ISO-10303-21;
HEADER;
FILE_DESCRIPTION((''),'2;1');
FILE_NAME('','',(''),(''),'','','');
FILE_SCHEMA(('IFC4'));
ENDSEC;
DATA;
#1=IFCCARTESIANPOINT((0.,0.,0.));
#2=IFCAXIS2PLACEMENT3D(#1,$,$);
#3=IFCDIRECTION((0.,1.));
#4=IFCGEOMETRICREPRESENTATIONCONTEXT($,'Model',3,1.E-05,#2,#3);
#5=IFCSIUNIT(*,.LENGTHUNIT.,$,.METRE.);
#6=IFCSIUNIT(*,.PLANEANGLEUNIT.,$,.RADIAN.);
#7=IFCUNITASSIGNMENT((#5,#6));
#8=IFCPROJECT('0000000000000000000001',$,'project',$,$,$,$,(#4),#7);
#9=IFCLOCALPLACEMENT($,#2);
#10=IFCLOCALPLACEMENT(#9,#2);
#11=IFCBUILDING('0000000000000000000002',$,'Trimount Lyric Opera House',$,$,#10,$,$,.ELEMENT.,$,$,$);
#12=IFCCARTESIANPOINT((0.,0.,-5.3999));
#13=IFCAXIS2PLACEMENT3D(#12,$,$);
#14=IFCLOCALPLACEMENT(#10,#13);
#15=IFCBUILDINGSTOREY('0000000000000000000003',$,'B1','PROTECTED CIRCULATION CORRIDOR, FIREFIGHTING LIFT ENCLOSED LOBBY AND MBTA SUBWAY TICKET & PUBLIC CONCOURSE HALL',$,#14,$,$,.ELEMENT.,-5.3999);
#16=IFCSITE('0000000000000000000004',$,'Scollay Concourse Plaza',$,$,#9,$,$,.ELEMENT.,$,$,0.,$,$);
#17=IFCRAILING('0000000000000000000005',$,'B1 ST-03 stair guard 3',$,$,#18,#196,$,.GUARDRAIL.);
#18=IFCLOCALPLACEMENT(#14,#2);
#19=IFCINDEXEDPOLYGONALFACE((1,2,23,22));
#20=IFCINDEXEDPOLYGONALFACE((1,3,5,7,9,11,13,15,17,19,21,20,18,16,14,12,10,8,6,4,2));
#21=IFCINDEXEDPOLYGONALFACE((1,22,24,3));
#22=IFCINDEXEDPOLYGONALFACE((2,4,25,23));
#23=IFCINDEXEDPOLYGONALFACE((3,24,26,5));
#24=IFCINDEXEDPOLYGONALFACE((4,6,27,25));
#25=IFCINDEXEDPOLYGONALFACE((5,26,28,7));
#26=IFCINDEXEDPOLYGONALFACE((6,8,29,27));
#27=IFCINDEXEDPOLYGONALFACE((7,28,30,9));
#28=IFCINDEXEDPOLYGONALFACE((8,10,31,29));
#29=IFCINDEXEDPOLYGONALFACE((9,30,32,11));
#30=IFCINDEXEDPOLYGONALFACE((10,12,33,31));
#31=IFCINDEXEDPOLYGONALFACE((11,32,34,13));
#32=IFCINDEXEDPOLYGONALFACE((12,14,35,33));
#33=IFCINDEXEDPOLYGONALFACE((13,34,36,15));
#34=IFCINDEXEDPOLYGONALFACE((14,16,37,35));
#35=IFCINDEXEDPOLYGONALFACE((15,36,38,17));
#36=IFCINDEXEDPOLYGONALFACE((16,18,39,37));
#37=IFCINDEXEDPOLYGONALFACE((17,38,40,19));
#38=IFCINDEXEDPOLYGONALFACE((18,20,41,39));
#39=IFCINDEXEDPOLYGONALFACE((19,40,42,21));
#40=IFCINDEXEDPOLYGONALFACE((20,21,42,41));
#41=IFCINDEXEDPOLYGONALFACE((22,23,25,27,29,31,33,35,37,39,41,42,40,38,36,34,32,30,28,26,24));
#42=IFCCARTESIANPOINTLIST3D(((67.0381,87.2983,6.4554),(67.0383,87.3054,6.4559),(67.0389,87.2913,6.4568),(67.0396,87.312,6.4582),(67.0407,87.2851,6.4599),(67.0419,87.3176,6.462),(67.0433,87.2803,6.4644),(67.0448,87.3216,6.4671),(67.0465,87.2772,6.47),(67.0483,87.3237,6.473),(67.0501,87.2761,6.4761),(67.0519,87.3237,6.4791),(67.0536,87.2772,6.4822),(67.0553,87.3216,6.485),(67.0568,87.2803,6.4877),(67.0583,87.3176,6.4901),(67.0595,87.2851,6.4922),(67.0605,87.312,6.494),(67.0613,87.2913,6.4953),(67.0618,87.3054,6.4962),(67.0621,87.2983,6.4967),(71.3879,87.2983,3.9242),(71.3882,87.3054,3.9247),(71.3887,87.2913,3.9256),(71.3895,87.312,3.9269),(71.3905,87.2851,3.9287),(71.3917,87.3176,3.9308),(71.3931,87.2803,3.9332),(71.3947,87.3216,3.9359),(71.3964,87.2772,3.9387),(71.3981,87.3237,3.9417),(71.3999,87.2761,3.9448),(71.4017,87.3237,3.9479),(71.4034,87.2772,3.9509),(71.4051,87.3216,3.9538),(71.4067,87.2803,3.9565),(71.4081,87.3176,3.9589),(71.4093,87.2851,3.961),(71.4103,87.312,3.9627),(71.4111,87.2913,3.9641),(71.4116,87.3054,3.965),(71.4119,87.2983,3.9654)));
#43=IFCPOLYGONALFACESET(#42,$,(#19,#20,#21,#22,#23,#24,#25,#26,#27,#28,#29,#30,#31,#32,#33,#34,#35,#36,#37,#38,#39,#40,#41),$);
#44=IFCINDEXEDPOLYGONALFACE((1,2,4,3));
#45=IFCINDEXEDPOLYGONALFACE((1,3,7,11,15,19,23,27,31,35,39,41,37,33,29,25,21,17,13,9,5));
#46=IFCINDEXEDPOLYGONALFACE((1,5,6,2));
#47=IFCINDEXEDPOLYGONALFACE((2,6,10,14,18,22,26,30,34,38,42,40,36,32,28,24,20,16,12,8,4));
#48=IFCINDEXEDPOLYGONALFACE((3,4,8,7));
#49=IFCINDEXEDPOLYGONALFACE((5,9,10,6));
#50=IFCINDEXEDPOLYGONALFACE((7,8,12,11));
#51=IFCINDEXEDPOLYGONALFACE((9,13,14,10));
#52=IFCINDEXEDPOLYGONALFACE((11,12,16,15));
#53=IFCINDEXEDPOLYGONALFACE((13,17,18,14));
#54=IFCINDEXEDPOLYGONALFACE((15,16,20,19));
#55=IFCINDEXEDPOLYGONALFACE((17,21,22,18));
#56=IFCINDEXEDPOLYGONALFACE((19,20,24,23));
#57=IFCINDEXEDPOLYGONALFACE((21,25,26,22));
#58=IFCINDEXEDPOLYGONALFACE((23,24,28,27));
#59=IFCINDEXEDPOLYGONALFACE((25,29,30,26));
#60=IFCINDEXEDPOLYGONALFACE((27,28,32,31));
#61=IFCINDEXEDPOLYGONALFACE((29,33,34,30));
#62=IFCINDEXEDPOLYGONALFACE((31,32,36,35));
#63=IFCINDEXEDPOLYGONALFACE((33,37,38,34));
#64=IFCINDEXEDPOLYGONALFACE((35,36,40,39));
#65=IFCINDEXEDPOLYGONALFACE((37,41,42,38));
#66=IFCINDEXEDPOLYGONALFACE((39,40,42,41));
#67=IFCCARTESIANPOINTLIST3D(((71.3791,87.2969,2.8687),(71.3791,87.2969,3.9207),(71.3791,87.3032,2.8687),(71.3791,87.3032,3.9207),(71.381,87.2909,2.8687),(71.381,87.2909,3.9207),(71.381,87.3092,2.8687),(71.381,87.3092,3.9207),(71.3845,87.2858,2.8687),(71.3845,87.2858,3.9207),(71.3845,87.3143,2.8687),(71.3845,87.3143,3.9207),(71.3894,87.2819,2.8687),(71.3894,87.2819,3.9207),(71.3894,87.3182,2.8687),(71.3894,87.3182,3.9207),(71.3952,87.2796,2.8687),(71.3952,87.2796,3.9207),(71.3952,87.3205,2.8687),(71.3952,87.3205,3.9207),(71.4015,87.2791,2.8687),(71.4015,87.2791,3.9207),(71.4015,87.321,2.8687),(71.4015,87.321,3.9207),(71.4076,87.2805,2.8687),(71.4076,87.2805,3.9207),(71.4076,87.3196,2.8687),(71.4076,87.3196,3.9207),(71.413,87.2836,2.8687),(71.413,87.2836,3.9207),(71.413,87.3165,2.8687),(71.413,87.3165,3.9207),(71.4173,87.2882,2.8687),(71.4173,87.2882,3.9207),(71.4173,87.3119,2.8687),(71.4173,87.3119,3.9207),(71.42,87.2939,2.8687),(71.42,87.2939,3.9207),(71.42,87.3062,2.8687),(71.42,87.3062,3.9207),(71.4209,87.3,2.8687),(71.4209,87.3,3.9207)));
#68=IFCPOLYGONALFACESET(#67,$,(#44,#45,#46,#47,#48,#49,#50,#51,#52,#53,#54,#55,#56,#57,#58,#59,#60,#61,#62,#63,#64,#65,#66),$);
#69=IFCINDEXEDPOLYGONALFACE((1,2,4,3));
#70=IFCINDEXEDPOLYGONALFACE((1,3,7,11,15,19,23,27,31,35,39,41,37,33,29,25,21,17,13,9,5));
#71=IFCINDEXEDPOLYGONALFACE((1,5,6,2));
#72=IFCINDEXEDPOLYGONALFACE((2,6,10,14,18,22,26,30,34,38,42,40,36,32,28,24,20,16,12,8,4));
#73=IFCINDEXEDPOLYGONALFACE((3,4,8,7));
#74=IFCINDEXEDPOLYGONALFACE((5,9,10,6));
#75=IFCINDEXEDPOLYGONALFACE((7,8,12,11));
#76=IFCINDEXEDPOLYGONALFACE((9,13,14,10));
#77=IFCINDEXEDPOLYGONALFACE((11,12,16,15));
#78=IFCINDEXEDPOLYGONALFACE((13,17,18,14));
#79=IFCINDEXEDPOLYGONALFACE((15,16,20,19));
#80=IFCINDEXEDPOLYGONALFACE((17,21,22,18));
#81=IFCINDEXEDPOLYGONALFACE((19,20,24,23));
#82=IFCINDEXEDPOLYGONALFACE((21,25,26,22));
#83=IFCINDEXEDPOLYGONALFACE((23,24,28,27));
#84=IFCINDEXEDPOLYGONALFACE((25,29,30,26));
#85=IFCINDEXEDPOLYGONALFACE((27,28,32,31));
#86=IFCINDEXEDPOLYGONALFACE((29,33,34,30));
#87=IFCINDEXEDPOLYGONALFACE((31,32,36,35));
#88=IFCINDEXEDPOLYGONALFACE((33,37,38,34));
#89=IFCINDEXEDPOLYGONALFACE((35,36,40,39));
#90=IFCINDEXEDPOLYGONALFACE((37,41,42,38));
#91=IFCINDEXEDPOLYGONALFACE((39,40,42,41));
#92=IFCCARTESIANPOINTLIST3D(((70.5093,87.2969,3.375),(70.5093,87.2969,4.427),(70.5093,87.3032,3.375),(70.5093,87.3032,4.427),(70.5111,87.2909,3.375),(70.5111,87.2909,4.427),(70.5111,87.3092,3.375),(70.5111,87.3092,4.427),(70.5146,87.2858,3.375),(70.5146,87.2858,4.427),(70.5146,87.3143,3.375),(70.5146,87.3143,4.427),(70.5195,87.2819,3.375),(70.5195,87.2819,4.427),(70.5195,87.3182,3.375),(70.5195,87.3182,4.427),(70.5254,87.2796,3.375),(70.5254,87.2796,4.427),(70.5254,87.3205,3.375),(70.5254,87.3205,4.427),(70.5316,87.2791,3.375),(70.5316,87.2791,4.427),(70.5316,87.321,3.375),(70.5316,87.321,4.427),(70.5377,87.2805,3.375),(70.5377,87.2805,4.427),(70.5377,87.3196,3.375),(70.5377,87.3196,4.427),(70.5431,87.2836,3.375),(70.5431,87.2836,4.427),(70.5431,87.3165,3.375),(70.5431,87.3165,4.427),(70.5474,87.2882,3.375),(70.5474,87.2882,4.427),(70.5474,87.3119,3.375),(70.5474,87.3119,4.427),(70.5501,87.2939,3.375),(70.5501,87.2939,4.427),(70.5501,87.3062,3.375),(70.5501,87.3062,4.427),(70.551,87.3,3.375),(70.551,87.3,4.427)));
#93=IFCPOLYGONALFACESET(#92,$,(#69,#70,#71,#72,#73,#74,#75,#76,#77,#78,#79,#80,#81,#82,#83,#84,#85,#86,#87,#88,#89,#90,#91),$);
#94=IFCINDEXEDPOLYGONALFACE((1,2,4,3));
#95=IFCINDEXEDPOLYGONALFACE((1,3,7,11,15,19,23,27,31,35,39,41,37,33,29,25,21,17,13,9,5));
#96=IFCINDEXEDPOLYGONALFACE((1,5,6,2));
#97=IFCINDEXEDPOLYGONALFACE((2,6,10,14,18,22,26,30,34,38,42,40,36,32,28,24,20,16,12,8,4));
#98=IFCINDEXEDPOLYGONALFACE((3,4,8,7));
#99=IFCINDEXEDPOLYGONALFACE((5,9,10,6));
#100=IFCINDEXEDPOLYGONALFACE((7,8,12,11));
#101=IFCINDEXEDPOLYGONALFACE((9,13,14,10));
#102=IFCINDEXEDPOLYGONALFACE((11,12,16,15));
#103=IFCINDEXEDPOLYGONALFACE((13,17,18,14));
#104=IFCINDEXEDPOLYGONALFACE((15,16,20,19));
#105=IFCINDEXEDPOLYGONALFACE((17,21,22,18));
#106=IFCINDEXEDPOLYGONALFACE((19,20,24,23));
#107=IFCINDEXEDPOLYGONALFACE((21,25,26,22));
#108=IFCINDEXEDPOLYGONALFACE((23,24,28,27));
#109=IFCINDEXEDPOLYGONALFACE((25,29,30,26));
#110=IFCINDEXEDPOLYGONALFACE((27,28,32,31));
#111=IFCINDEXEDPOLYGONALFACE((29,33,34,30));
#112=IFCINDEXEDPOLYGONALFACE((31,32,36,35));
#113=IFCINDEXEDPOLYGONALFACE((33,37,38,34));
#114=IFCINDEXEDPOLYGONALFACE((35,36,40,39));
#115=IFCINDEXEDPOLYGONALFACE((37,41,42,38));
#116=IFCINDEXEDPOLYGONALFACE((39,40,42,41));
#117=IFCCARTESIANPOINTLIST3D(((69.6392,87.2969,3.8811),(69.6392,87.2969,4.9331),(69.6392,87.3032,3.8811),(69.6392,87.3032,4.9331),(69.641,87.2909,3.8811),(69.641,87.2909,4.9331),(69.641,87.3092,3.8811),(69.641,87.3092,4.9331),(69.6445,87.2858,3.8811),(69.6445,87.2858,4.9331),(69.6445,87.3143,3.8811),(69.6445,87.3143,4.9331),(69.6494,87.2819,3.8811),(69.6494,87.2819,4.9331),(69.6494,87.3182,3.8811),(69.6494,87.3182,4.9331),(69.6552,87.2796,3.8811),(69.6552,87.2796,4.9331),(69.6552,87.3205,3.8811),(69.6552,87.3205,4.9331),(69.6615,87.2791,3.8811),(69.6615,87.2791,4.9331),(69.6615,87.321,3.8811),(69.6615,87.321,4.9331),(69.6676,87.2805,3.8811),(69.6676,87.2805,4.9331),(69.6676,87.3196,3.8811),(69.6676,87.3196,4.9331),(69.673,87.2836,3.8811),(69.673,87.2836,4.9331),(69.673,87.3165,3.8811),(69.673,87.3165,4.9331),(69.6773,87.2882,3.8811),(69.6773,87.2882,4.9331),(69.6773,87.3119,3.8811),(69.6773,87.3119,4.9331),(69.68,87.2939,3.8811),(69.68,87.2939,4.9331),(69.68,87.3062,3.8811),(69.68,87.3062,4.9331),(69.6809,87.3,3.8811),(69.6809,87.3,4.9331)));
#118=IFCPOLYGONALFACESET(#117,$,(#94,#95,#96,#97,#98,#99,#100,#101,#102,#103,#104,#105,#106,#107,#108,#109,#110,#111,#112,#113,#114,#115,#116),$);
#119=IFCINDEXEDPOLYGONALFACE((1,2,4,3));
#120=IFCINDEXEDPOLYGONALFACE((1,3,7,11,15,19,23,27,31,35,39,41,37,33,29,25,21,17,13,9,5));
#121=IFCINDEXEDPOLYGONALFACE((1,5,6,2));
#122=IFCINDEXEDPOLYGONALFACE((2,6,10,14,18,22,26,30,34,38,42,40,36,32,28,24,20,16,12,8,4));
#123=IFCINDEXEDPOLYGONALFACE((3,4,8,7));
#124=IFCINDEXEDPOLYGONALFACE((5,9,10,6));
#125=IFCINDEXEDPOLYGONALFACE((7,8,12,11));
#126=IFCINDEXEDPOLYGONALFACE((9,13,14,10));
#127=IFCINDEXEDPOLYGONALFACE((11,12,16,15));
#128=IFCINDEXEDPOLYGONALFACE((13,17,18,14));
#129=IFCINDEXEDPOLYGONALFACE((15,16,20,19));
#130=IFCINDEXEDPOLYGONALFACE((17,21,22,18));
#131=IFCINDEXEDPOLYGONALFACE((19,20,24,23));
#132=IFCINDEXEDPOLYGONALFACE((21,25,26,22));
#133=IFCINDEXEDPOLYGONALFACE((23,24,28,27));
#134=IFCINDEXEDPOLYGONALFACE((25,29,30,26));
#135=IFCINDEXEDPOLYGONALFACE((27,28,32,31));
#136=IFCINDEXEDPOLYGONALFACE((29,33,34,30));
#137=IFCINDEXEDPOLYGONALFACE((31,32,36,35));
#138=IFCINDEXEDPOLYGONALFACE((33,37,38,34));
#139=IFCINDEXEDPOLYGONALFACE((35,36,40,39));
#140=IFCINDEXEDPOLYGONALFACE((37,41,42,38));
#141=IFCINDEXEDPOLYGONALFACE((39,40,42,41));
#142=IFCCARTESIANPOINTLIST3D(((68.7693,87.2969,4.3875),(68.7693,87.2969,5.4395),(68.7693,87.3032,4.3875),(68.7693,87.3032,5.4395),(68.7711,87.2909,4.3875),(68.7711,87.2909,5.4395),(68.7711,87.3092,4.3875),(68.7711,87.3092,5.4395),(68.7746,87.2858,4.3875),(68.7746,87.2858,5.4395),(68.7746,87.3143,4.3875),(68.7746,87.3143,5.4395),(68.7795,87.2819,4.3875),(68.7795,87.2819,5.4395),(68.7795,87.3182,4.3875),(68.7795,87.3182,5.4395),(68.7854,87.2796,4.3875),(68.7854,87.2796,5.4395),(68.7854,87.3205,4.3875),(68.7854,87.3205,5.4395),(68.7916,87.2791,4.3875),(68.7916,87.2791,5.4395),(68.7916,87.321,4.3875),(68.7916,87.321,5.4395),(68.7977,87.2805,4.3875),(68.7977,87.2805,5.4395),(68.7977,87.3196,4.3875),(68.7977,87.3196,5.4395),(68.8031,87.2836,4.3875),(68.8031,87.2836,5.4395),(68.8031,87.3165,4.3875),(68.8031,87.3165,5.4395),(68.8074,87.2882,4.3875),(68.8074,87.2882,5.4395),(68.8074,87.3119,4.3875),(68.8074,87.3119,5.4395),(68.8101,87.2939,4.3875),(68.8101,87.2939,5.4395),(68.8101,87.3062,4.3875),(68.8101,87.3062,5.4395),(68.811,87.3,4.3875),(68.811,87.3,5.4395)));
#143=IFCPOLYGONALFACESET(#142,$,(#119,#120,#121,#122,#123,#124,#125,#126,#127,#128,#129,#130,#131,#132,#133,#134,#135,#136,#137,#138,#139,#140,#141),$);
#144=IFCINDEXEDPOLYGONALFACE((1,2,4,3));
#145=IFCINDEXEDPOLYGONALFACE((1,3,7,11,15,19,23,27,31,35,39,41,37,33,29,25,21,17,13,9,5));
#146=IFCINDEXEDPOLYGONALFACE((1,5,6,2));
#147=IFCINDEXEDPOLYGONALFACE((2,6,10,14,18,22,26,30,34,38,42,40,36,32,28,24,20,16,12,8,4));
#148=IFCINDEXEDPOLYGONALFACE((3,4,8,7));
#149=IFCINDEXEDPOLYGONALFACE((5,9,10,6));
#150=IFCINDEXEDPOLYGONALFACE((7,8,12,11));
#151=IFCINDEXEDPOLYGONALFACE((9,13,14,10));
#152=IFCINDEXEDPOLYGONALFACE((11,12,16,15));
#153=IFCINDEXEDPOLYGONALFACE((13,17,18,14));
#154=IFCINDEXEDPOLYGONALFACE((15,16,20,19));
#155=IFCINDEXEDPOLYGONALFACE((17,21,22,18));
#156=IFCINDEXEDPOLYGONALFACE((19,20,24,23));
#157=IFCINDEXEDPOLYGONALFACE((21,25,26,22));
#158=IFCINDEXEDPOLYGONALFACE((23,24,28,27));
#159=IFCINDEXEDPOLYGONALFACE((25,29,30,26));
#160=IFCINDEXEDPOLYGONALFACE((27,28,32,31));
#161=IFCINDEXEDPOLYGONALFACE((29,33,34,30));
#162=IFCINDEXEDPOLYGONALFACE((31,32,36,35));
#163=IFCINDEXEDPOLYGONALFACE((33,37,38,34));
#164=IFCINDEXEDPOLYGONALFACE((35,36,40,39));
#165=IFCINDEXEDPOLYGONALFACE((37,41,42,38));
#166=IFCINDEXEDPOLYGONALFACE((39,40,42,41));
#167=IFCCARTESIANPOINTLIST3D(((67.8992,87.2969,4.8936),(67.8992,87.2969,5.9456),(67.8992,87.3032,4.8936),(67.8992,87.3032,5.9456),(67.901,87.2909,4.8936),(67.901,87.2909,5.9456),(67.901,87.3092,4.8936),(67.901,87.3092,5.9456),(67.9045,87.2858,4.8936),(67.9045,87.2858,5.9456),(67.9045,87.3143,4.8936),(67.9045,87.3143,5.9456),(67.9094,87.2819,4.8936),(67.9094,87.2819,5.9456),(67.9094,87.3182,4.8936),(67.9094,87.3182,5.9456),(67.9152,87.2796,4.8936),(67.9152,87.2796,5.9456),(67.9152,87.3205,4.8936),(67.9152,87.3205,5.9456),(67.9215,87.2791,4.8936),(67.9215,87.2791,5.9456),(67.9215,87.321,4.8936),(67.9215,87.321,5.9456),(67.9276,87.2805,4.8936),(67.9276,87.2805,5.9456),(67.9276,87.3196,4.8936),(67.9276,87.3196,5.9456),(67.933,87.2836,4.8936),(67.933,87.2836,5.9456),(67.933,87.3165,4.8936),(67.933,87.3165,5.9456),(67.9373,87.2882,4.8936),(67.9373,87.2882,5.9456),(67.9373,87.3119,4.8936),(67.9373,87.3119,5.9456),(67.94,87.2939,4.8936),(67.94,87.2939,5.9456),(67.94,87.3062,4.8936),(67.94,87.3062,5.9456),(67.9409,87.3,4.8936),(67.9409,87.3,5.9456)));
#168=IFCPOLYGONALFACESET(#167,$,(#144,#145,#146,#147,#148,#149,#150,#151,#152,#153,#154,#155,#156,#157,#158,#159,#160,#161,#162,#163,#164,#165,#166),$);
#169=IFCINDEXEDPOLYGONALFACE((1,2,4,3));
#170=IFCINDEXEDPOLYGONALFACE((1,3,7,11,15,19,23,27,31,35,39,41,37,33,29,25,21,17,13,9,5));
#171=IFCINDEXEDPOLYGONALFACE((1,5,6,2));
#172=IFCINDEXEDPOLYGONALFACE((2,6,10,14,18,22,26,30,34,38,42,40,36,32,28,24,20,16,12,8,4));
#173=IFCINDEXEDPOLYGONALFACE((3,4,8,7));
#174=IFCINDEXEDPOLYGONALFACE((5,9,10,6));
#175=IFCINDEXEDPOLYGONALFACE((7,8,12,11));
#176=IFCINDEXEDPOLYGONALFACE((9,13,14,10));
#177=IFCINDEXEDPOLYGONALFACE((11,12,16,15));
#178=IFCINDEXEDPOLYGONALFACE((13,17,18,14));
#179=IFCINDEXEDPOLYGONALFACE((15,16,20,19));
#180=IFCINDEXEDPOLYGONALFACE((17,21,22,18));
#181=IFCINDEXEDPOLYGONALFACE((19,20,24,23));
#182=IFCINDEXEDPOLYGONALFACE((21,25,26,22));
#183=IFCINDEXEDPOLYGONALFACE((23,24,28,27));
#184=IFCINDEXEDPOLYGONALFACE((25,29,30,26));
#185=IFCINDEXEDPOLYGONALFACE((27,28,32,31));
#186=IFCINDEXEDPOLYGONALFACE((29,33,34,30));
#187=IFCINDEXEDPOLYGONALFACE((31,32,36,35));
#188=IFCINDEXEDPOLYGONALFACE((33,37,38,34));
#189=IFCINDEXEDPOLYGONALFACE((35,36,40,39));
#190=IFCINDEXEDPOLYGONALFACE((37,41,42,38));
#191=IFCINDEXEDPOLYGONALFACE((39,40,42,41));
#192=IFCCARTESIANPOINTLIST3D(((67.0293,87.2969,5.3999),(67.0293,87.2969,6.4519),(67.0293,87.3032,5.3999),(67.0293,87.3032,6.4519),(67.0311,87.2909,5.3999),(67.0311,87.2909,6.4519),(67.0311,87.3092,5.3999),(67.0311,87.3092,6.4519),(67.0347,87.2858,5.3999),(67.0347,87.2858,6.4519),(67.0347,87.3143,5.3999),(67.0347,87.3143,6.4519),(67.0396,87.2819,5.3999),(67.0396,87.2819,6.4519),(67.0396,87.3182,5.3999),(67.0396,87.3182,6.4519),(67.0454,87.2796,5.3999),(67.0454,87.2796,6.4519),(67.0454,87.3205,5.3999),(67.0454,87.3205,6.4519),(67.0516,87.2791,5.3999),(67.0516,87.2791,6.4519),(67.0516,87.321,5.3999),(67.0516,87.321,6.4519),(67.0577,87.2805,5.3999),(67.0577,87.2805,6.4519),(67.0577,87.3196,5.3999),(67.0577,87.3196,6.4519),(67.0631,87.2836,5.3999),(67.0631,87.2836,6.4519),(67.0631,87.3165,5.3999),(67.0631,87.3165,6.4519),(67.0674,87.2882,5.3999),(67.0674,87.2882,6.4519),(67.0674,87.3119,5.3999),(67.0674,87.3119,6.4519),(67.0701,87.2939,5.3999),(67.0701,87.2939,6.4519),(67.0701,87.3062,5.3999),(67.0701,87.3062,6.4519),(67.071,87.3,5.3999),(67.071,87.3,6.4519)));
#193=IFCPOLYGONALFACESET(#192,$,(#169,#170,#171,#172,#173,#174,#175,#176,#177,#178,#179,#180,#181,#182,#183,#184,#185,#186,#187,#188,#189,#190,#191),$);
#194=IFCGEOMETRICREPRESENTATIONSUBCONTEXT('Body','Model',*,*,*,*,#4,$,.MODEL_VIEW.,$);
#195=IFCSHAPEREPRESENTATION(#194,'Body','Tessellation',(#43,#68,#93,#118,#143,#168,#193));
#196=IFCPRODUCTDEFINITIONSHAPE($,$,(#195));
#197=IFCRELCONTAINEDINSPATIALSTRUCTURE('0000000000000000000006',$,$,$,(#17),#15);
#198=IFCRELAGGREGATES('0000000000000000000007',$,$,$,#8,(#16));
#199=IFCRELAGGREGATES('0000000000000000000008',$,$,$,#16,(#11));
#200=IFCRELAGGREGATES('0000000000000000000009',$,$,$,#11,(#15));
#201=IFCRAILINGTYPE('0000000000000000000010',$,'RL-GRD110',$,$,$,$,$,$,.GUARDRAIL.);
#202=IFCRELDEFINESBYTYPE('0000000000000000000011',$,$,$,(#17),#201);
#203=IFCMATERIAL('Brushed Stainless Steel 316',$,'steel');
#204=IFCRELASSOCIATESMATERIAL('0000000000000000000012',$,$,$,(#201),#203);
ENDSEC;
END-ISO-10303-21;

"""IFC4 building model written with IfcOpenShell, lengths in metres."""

from ifc_helpers import new_model, si_unit, direction, frame, origin, origin_2d, place, context, subcontext, project, spatial, circle, extrude, material, type_object, element, save


model = new_model("IFC4")

# Units and contexts
model_context = context("Model", 3, precision=1e-05, world=origin(), true_north=direction((0.0, 1.0)))
body_context = subcontext(model_context, "Body", "Model", "MODEL_VIEW")
ifc_project = project(units=[si_unit("LENGTHUNIT", "METRE"), si_unit("PLANEANGLEUNIT", "RADIAN")], contexts=[model_context])

# Site, building, storey
site_placement = place(None, origin())
site = spatial("IfcSite", under=ifc_project, at=site_placement, Name="Scollay Concourse Plaza", CompositionType="ELEMENT", RefElevation=0.0)
building_placement = place(site_placement, origin())
building = spatial("IfcBuilding", under=site, at=building_placement, Name="Trimount Lyric Opera House", CompositionType="ELEMENT")
storey_placement = place(building_placement, frame((0.0, 0.0, -5.3999)))
storey = spatial("IfcBuildingStorey", under=building, at=storey_placement, Name="B1", Description="PROTECTED CIRCULATION CORRIDOR, FIREFIGHTING LIFT ENCLOSED LOBBY AND MBTA SUBWAY TICKET & PUBLIC CONCOURSE HALL", CompositionType="ELEMENT", Elevation=-5.3999)

# Railing
ifc_material_1 = material(Name="Brushed Stainless Steel 316", Category="steel")
railing_type_1 = type_object("IfcRailingType", Name="RL-GRD110", PredefinedType="GUARDRAIL", material=ifc_material_1)
railing_1_placement = place(storey_placement, frame((71.3999, 87.3, 2.8687)))
element("IfcRailing", 1, at=railing_1_placement, inside=storey, type_object=railing_type_1, Name="B1 ST-03 stair guard 3", PredefinedType="GUARDRAIL", context=body_context, shape_type="SweptSolid", body=[
    extrude(circle(Radius=0.0239, at=origin_2d()), frame((0.0, 0.0, 1.0762), z_axis=(-0.864312, 0.0, 0.502957), x_axis=(0.0, -1.0, 0.0)), (0.0, 0.0, 1.0), 5.0327),
    extrude(circle(Radius=0.021, at=origin_2d()), origin(), (0.0, 0.0, 1.0), 1.052),
    extrude(circle(Radius=0.021, at=origin_2d()), frame((-0.8699, 0.0, 0.5063)), (0.0, 0.0, 1.0), 1.052),
    extrude(circle(Radius=0.021, at=origin_2d()), frame((-1.74, 0.0, 1.0125)), (0.0, 0.0, 1.0), 1.052),
    extrude(circle(Radius=0.021, at=origin_2d()), frame((-2.6099, 0.0, 1.5188)), (0.0, 0.0, 1.0), 1.052),
    extrude(circle(Radius=0.021, at=origin_2d()), frame((-3.48, 0.0, 2.0249)), (0.0, 0.0, 1.0), 1.052),
    extrude(circle(Radius=0.021, at=origin_2d()), frame((-4.3499, 0.0, 2.5312)), (0.0, 0.0, 1.0), 1.052),
])

save(model, "model.ifc")
